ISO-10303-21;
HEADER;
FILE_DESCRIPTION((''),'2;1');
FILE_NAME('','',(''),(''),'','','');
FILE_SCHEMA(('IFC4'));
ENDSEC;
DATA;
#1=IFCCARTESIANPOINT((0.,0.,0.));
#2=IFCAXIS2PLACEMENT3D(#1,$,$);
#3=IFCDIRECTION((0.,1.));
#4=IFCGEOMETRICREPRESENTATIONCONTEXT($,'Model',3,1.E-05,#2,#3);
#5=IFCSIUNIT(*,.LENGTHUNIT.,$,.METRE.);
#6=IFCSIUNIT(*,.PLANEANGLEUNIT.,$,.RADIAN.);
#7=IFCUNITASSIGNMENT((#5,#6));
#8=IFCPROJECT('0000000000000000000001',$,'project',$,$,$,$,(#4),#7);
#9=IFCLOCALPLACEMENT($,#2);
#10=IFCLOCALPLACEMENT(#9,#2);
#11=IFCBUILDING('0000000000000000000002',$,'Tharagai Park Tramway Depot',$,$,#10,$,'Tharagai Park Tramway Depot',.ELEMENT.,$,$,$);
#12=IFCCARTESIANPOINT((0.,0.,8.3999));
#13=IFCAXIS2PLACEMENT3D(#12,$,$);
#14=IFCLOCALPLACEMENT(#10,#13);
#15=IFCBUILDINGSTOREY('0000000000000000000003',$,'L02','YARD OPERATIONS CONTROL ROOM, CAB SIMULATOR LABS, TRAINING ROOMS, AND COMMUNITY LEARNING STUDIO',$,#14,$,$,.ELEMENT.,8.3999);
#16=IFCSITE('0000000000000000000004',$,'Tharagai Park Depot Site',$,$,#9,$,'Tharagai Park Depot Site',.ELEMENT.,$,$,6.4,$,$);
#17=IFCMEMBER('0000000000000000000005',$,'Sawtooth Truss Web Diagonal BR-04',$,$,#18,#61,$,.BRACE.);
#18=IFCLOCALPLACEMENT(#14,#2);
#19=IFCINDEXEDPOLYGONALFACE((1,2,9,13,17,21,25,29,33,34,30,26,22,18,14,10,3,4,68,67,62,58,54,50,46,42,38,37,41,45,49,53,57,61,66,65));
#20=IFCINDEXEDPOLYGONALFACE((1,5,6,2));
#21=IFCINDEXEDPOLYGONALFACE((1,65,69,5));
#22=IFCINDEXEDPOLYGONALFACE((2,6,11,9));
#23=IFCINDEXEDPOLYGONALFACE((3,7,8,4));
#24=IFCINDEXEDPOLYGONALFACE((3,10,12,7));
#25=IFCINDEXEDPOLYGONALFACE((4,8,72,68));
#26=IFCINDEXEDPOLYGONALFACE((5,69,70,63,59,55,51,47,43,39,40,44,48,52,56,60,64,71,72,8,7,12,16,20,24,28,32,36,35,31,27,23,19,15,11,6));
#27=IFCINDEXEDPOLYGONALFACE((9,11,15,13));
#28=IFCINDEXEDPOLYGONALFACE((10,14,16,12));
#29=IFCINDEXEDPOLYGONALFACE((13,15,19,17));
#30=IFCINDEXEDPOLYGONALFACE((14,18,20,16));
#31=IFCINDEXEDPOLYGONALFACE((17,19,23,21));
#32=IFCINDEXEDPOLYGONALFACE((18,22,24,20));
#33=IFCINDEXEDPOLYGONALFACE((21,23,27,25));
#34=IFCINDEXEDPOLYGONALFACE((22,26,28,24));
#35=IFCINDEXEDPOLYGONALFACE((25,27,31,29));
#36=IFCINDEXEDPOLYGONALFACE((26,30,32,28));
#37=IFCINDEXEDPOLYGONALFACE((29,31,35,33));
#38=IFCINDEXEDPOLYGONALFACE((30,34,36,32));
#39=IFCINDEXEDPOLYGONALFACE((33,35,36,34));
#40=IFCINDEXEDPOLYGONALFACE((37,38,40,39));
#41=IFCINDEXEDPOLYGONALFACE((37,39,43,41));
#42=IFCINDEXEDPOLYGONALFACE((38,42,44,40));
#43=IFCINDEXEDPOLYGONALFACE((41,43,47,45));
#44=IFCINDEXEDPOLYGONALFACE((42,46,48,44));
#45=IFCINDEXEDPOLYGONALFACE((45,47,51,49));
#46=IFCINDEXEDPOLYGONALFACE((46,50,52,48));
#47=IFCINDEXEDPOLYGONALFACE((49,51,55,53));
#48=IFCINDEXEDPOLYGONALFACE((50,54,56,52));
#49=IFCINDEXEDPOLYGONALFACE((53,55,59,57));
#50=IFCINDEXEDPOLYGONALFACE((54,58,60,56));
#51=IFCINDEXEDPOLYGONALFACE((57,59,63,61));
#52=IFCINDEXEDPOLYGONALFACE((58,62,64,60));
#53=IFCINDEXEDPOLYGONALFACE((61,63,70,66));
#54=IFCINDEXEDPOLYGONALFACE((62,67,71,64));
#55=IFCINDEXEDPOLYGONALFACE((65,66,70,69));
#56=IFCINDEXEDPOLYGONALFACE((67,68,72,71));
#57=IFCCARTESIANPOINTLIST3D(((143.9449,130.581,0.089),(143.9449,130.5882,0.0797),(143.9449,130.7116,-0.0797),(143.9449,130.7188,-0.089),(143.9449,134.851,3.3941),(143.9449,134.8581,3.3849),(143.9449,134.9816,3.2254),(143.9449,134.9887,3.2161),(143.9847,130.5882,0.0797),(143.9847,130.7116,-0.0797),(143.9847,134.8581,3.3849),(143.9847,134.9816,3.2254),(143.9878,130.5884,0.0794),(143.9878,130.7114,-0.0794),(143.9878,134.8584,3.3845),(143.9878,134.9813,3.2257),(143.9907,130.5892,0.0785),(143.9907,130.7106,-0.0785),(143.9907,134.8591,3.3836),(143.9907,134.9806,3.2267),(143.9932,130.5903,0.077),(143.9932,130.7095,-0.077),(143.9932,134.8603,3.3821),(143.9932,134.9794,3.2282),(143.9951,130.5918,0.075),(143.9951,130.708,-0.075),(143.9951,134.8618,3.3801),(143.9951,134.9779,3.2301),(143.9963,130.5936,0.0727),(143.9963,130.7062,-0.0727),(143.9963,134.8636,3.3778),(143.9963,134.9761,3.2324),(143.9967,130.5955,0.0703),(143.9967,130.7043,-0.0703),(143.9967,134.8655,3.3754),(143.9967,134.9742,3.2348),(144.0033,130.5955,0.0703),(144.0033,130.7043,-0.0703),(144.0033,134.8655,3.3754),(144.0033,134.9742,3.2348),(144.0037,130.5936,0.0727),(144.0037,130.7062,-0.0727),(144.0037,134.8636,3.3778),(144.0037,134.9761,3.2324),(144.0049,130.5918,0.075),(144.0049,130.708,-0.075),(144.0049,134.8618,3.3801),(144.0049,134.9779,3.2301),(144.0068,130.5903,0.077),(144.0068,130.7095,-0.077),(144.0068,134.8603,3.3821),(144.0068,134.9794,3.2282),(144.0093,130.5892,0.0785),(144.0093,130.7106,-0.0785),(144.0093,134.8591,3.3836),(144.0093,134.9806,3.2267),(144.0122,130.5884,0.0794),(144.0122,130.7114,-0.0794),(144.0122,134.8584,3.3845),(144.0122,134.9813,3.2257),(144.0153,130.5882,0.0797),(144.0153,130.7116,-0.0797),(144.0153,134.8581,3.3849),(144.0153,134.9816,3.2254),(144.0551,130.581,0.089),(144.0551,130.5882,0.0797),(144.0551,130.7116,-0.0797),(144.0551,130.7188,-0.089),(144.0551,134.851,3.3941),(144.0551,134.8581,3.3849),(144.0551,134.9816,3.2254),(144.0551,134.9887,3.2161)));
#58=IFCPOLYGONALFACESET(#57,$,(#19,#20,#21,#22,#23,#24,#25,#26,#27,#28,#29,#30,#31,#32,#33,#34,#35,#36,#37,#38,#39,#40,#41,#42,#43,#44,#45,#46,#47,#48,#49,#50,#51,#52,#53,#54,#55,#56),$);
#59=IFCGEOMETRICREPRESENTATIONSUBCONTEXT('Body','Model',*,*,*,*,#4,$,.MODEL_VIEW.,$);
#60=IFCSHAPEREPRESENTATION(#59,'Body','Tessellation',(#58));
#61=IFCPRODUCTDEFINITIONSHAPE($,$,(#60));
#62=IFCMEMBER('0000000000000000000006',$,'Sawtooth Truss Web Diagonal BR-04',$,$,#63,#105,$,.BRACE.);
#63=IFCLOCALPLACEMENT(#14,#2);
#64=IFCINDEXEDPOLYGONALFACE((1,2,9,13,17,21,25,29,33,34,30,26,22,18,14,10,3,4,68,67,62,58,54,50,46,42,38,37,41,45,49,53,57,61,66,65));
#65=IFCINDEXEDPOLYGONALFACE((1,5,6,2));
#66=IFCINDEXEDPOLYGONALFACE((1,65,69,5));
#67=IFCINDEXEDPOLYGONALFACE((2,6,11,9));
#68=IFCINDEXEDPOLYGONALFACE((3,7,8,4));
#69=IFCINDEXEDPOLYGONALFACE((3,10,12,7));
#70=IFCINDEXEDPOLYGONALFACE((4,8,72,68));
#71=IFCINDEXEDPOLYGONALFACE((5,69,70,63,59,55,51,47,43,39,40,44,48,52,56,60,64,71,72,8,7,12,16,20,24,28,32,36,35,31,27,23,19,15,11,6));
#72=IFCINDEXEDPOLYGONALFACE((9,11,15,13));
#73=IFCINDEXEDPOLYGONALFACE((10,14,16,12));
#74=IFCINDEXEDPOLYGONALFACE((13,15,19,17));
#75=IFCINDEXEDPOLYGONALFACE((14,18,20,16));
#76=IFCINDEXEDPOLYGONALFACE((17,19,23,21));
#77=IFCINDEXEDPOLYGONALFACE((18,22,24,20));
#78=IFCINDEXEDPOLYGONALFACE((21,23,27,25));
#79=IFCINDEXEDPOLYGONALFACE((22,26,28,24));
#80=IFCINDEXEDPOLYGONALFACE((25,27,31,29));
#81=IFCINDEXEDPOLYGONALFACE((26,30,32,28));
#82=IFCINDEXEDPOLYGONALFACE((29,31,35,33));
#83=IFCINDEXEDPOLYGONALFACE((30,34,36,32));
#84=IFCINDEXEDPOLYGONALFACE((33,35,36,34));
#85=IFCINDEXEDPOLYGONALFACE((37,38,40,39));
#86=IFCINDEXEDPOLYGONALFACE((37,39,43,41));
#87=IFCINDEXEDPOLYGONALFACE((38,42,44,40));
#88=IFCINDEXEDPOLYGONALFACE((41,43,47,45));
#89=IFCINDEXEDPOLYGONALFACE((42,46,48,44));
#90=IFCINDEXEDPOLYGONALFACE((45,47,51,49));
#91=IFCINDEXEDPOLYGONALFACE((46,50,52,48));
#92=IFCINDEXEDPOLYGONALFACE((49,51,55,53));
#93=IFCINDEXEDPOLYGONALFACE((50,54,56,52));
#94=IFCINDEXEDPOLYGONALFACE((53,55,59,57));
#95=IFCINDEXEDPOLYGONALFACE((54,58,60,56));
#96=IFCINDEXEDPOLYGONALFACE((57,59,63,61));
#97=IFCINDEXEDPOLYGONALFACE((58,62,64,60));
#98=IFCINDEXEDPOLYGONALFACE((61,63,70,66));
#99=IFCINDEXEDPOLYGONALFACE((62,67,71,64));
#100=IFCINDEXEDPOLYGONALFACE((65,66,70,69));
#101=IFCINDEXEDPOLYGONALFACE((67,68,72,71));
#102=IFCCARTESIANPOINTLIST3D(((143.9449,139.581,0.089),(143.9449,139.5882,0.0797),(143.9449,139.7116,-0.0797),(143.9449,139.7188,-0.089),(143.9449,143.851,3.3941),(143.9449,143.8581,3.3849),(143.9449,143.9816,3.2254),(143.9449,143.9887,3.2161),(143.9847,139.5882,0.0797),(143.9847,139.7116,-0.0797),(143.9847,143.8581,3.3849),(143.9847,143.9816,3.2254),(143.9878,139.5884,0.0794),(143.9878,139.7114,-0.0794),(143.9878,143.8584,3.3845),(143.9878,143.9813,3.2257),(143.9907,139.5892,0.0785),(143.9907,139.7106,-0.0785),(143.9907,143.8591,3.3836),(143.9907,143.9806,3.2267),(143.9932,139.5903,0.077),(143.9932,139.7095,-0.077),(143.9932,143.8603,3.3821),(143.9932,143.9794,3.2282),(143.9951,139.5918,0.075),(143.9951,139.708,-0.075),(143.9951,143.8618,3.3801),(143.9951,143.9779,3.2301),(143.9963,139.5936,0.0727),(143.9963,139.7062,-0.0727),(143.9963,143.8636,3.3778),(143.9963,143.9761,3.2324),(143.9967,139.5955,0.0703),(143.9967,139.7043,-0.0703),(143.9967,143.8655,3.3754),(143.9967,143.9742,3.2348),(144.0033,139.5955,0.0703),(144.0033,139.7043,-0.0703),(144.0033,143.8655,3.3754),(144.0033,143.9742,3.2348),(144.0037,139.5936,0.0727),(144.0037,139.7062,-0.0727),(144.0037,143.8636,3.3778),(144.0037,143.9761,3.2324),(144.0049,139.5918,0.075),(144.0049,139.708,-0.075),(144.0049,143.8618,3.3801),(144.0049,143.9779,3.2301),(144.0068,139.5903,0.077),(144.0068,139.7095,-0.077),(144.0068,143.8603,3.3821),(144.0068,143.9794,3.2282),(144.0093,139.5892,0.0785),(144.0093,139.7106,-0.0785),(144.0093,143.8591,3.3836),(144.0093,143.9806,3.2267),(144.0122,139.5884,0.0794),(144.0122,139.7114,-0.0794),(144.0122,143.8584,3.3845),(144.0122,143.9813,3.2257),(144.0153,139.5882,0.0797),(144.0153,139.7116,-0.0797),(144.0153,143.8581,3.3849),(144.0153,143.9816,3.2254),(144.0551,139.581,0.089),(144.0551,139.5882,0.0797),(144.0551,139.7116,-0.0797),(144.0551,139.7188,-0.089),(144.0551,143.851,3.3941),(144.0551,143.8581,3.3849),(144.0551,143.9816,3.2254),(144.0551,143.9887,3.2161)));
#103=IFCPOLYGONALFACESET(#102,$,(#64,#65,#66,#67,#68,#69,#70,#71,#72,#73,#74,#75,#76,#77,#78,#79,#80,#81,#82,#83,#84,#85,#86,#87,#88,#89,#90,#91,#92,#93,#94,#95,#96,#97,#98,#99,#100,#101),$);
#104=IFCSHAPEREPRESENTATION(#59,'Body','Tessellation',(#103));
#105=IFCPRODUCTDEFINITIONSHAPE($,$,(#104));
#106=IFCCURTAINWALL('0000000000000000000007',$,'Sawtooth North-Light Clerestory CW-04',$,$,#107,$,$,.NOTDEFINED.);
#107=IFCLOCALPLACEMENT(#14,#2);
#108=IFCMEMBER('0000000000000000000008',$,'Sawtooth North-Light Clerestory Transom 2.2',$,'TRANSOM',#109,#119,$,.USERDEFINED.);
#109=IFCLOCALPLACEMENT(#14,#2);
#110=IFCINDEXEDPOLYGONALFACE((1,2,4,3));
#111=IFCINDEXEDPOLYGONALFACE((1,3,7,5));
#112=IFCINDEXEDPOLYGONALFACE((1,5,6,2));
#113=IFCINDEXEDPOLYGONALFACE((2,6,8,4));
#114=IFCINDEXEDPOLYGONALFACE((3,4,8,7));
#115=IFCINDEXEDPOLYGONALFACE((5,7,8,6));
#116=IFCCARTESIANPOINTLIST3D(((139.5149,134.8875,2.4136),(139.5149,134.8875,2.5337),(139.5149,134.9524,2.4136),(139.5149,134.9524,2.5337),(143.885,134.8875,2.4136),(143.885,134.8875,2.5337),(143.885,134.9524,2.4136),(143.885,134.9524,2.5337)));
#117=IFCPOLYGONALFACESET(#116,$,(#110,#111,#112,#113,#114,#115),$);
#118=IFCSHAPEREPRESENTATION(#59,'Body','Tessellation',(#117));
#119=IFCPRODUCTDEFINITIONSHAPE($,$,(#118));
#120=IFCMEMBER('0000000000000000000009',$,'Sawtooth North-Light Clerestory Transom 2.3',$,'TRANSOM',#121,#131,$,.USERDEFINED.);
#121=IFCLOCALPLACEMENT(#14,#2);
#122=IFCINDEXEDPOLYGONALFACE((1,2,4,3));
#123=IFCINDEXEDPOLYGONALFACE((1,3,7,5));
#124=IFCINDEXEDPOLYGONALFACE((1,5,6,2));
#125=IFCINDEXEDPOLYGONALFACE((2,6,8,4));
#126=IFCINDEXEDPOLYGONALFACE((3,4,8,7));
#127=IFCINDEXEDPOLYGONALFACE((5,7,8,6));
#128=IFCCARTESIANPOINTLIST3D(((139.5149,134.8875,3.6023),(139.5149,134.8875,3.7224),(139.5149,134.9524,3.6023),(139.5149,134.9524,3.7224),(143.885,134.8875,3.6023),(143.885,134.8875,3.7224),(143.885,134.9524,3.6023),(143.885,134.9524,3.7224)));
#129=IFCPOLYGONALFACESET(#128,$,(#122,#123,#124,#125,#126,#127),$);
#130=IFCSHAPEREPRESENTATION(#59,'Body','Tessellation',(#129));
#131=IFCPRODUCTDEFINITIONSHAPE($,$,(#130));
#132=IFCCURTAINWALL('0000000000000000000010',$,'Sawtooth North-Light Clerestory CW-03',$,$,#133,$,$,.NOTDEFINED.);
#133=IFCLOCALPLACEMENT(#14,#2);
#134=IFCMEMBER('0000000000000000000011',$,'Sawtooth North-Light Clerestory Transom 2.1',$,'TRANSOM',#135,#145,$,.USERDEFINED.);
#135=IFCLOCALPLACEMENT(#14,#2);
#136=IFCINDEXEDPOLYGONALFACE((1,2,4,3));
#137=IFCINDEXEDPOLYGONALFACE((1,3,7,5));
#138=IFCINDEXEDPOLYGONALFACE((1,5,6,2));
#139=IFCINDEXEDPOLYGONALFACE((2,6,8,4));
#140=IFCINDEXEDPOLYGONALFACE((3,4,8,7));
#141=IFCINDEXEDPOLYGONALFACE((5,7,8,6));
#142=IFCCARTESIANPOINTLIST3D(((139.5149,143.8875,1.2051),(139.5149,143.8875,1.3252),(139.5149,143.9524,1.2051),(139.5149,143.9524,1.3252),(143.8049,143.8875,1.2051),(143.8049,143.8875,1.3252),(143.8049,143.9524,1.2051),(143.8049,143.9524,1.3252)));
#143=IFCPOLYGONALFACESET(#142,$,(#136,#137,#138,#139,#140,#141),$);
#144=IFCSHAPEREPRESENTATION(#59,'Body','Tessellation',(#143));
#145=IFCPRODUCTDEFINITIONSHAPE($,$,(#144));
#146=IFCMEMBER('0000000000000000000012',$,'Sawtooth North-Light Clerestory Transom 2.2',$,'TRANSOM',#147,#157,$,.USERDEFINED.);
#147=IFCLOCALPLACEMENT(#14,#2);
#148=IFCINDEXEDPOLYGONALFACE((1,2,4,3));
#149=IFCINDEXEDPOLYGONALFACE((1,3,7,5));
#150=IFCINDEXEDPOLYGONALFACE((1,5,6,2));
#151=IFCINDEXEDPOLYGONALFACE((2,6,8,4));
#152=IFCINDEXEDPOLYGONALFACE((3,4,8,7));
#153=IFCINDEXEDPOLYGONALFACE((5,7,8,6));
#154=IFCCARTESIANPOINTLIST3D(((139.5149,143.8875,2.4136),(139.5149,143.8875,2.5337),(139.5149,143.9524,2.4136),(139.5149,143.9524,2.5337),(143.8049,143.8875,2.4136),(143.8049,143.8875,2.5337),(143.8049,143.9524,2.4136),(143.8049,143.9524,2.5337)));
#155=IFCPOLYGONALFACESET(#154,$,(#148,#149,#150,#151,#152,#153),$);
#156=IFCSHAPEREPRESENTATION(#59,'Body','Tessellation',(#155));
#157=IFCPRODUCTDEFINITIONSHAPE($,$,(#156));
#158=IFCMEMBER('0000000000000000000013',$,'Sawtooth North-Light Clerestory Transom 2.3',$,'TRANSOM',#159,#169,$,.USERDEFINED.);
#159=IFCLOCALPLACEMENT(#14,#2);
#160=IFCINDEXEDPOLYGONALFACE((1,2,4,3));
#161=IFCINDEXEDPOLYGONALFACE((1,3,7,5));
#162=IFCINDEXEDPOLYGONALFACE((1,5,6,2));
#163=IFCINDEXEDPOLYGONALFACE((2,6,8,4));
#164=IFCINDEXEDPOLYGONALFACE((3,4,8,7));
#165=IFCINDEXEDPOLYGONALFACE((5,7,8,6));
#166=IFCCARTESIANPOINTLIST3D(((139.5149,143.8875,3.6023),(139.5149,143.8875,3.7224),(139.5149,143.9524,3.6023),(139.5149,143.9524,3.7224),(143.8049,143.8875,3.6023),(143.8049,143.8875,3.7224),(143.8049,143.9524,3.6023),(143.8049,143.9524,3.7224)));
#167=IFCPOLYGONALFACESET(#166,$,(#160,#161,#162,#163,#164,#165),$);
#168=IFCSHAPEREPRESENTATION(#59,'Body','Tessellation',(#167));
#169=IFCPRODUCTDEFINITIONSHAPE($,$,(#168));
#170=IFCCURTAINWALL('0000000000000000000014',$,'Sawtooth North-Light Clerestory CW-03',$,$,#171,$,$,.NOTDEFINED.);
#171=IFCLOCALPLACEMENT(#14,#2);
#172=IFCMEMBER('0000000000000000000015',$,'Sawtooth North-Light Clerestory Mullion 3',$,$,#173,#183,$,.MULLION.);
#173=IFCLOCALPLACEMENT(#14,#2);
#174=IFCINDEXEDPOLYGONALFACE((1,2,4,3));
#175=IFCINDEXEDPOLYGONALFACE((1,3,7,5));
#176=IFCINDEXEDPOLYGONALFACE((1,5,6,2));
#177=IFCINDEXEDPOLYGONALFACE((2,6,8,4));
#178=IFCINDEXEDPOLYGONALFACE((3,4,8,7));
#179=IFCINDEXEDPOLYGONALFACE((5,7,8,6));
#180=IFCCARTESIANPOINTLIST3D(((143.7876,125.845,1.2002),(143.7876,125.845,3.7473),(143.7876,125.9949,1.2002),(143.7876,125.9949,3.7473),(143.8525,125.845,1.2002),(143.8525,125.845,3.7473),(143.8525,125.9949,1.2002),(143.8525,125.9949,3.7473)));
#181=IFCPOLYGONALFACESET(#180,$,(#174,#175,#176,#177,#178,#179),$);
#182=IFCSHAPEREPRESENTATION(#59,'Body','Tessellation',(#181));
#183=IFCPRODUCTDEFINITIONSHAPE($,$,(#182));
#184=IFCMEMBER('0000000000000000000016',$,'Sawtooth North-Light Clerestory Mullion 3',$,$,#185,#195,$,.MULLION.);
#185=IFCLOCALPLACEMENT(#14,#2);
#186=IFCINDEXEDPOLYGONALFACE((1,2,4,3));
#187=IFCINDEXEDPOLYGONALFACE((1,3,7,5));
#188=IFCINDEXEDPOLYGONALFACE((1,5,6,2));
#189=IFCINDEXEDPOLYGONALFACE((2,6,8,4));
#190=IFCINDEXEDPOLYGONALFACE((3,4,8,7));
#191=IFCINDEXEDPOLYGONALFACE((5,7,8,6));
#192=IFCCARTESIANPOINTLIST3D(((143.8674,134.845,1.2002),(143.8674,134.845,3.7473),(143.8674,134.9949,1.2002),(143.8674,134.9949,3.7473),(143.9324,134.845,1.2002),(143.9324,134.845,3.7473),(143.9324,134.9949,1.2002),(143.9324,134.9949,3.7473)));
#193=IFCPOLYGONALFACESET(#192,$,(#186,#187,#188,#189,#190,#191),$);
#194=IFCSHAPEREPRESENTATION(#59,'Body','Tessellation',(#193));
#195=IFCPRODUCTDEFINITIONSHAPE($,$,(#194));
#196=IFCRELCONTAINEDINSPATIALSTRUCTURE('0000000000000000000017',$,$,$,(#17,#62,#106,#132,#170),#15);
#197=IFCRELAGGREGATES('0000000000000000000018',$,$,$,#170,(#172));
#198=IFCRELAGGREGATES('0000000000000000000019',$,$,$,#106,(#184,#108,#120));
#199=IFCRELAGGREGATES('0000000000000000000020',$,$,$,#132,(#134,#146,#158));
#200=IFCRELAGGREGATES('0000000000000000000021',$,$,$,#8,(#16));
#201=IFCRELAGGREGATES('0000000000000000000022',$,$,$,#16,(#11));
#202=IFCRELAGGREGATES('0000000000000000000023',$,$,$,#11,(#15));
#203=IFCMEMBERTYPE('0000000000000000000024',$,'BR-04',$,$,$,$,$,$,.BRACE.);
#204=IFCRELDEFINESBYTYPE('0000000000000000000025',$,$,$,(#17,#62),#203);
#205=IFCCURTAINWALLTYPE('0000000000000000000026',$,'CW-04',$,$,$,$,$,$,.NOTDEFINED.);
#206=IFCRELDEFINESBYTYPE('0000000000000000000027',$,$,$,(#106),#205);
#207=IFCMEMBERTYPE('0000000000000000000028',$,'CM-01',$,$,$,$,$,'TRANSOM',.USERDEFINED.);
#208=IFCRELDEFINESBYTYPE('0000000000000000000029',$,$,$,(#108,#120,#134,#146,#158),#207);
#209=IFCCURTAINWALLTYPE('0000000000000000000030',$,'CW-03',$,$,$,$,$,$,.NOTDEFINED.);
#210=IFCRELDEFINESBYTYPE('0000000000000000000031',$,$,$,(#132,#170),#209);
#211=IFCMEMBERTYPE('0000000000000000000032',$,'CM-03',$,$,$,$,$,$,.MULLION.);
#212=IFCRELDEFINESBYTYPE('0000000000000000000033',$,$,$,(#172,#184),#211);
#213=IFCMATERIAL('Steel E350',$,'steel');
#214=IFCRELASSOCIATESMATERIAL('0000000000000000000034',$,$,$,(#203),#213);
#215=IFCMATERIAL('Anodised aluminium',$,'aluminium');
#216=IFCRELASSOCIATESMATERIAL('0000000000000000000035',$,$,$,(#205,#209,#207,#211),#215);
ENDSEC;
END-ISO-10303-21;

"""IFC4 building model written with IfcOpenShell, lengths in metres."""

from ifc_helpers import new_model, si_unit, direction, frame, origin, origin_2d, place, context, subcontext, project, spatial, rectangle, i_section, extrude, material, material_profile, profile_set, type_object, element, aggregate, save


model = new_model("IFC4")

# Units and contexts
model_context = context("Model", 3, precision=1e-05, world=origin(), true_north=direction((0.0, 1.0)))
body_context = subcontext(model_context, "Body", "Model", "MODEL_VIEW")
ifc_project = project(units=[si_unit("LENGTHUNIT", "METRE"), si_unit("PLANEANGLEUNIT", "RADIAN")], contexts=[model_context])

# Site, building, storey
site_placement = place(None, origin())
site = spatial("IfcSite", under=ifc_project, at=site_placement, Name="Tharagai Park Depot Site", LongName="Tharagai Park Depot Site", CompositionType="ELEMENT", RefElevation=6.4)
building_placement = place(site_placement, origin())
building = spatial("IfcBuilding", under=site, at=building_placement, Name="Tharagai Park Tramway Depot", LongName="Tharagai Park Tramway Depot", CompositionType="ELEMENT")
storey_placement = place(building_placement, frame((0.0, 0.0, 8.3999)))
storey = spatial("IfcBuildingStorey", under=building, at=storey_placement, Name="L02", Description="YARD OPERATIONS CONTROL ROOM, CAB SIMULATOR LABS, TRAINING ROOMS, AND COMMUNITY LEARNING STUDIO", CompositionType="ELEMENT", Elevation=8.3999)

# Members
ifc_material_1 = material(Name="Steel E350", Category="steel")
ifc_material_profile_1 = material_profile(ifc_material_1, i_section(OverallWidth=0.1101, OverallDepth=0.2251, WebThickness=0.0066, FlangeThickness=0.0117, FilletRadius=0.012, at=origin_2d()), Name="ISMB 225")
ifc_profile_set_1 = profile_set([ifc_material_profile_1], Name="Steel E350")
member_type_1 = type_object("IfcMemberType", Name="BR-04", PredefinedType="BRACE", material=ifc_profile_set_1)
for number, where, z_axis, x_axis, name in (
    (1, (144.0, 130.6499, 0.0), (0.0, 0.790782, 0.612098), (-1.0, 0.0, 0.0), "Sawtooth Truss Web Diagonal BR-04"),
    (2, (144.0, 139.6499, 0.0), (0.0, 0.790782, 0.612098), (-1.0, 0.0, 0.0), "Sawtooth Truss Web Diagonal BR-04"),
):
    element("IfcMember", number, at=place(storey_placement, frame(where, z_axis=z_axis, x_axis=x_axis)), inside=storey, type_object=member_type_1, Name=name, PredefinedType="BRACE", context=body_context, shape_type="SweptSolid", body=[
        extrude(i_section(OverallWidth=0.1101, OverallDepth=0.2251, WebThickness=0.0066, FlangeThickness=0.0117, FilletRadius=0.012, at=origin_2d()), origin(), (0.0, 0.0, 1.0), 5.3997),
    ])

# Curtain walls, members
ifc_material_2 = material(Name="Anodised aluminium", Category="aluminium")
curtain_wall_type_1 = type_object("IfcCurtainWallType", Name="CW-04", PredefinedType="NOTDEFINED", material=ifc_material_2)
curtain_wall_1_placement = place(storey_placement, origin())
curtain_wall_1 = element("IfcCurtainWall", 3, at=curtain_wall_1_placement, inside=storey, type_object=curtain_wall_type_1, Name="Sawtooth North-Light Clerestory CW-04", PredefinedType="NOTDEFINED")
ifc_material_profile_2 = material_profile(ifc_material_2, rectangle(XDim=0.0649, YDim=0.1201, at=origin_2d()), Name="ALU 65x120")
ifc_profile_set_2 = profile_set([ifc_material_profile_2], Name="Anodised aluminium")
member_type_2 = type_object("IfcMemberType", Name="CM-01", ElementType="TRANSOM", PredefinedType="USERDEFINED", material=ifc_profile_set_2)
member_1_placement = place(storey_placement, frame((139.5149, 134.9199, 2.4736), z_axis=(1.0, 0.0, 0.0), x_axis=(0.0, 1.0, 0.0)))
member_1 = element("IfcMember", 4, at=member_1_placement, type_object=member_type_2, Name="Sawtooth North-Light Clerestory Transom 2.2", ObjectType="TRANSOM", PredefinedType="USERDEFINED", context=body_context, shape_type="SweptSolid", body=[
    extrude(rectangle(XDim=0.0649, YDim=0.1201, at=origin_2d()), origin(), (0.0, 0.0, 1.0), 4.3701),
])
member_2_placement = place(storey_placement, frame((139.5149, 134.9199, 3.6624), z_axis=(1.0, 0.0, 0.0), x_axis=(0.0, 1.0, 0.0)))
member_2 = element("IfcMember", 5, at=member_2_placement, type_object=member_type_2, Name="Sawtooth North-Light Clerestory Transom 2.3", ObjectType="TRANSOM", PredefinedType="USERDEFINED", context=body_context, shape_type="SweptSolid", body=[
    extrude(rectangle(XDim=0.0649, YDim=0.1201, at=origin_2d()), origin(), (0.0, 0.0, 1.0), 4.3701),
])
curtain_wall_type_2 = type_object("IfcCurtainWallType", Name="CW-03", PredefinedType="NOTDEFINED", material=ifc_material_2)
curtain_wall_2_placement = place(storey_placement, origin())
curtain_wall_2 = element("IfcCurtainWall", 6, at=curtain_wall_2_placement, inside=storey, type_object=curtain_wall_type_2, Name="Sawtooth North-Light Clerestory CW-03", PredefinedType="NOTDEFINED")
member_3_placement = place(storey_placement, frame((139.5149, 143.9199, 1.2651), z_axis=(1.0, 0.0, 0.0), x_axis=(0.0, 1.0, 0.0)))
member_3 = element("IfcMember", 7, at=member_3_placement, type_object=member_type_2, Name="Sawtooth North-Light Clerestory Transom 2.1", ObjectType="TRANSOM", PredefinedType="USERDEFINED", context=body_context, shape_type="SweptSolid", body=[
    extrude(rectangle(XDim=0.0649, YDim=0.1201, at=origin_2d()), origin(), (0.0, 0.0, 1.0), 4.29),
])
member_4_placement = place(storey_placement, frame((139.5149, 143.9199, 2.4736), z_axis=(1.0, 0.0, 0.0), x_axis=(0.0, 1.0, 0.0)))
member_4 = element("IfcMember", 8, at=member_4_placement, type_object=member_type_2, Name="Sawtooth North-Light Clerestory Transom 2.2", ObjectType="TRANSOM", PredefinedType="USERDEFINED", context=body_context, shape_type="SweptSolid", body=[
    extrude(rectangle(XDim=0.0649, YDim=0.1201, at=origin_2d()), origin(), (0.0, 0.0, 1.0), 4.29),
])
member_5_placement = place(storey_placement, frame((139.5149, 143.9199, 3.6624), z_axis=(1.0, 0.0, 0.0), x_axis=(0.0, 1.0, 0.0)))
member_5 = element("IfcMember", 9, at=member_5_placement, type_object=member_type_2, Name="Sawtooth North-Light Clerestory Transom 2.3", ObjectType="TRANSOM", PredefinedType="USERDEFINED", context=body_context, shape_type="SweptSolid", body=[
    extrude(rectangle(XDim=0.0649, YDim=0.1201, at=origin_2d()), origin(), (0.0, 0.0, 1.0), 4.29),
])

# Curtain wall, member
curtain_wall_3_placement = place(storey_placement, origin())
curtain_wall_3 = element("IfcCurtainWall", 10, at=curtain_wall_3_placement, inside=storey, type_object=curtain_wall_type_2, Name="Sawtooth North-Light Clerestory CW-03", PredefinedType="NOTDEFINED")
ifc_material_profile_3 = material_profile(ifc_material_2, rectangle(XDim=0.0649, YDim=0.1499, at=origin_2d()), Name="ALU 65x150")
ifc_profile_set_3 = profile_set([ifc_material_profile_3], Name="Anodised aluminium")
member_type_3 = type_object("IfcMemberType", Name="CM-03", PredefinedType="MULLION", material=ifc_profile_set_3)
member_6_placement = place(storey_placement, frame((143.8201, 125.9199, 1.2002), z_axis=(0.0, 0.0, 1.0), x_axis=(1.0, 0.0, 0.0)))
member_6 = element("IfcMember", 11, at=member_6_placement, type_object=member_type_3, Name="Sawtooth North-Light Clerestory Mullion 3", PredefinedType="MULLION", context=body_context, shape_type="SweptSolid", body=[
    extrude(rectangle(XDim=0.0649, YDim=0.1499, at=origin_2d()), origin(), (0.0, 0.0, 1.0), 2.5471),
])

# Member
member_7_placement = place(storey_placement, frame((143.8999, 134.9199, 1.2002), z_axis=(0.0, 0.0, 1.0), x_axis=(1.0, 0.0, 0.0)))
member_7 = element("IfcMember", 12, at=member_7_placement, type_object=member_type_3, Name="Sawtooth North-Light Clerestory Mullion 3", PredefinedType="MULLION", context=body_context, shape_type="SweptSolid", body=[
    extrude(rectangle(XDim=0.0649, YDim=0.1499, at=origin_2d()), origin(), (0.0, 0.0, 1.0), 2.5471),
])

aggregate(curtain_wall_3, [member_6])
aggregate(curtain_wall_1, [member_7, member_1, member_2])
aggregate(curtain_wall_2, [member_3, member_4, member_5])

save(model, "model.ifc")
